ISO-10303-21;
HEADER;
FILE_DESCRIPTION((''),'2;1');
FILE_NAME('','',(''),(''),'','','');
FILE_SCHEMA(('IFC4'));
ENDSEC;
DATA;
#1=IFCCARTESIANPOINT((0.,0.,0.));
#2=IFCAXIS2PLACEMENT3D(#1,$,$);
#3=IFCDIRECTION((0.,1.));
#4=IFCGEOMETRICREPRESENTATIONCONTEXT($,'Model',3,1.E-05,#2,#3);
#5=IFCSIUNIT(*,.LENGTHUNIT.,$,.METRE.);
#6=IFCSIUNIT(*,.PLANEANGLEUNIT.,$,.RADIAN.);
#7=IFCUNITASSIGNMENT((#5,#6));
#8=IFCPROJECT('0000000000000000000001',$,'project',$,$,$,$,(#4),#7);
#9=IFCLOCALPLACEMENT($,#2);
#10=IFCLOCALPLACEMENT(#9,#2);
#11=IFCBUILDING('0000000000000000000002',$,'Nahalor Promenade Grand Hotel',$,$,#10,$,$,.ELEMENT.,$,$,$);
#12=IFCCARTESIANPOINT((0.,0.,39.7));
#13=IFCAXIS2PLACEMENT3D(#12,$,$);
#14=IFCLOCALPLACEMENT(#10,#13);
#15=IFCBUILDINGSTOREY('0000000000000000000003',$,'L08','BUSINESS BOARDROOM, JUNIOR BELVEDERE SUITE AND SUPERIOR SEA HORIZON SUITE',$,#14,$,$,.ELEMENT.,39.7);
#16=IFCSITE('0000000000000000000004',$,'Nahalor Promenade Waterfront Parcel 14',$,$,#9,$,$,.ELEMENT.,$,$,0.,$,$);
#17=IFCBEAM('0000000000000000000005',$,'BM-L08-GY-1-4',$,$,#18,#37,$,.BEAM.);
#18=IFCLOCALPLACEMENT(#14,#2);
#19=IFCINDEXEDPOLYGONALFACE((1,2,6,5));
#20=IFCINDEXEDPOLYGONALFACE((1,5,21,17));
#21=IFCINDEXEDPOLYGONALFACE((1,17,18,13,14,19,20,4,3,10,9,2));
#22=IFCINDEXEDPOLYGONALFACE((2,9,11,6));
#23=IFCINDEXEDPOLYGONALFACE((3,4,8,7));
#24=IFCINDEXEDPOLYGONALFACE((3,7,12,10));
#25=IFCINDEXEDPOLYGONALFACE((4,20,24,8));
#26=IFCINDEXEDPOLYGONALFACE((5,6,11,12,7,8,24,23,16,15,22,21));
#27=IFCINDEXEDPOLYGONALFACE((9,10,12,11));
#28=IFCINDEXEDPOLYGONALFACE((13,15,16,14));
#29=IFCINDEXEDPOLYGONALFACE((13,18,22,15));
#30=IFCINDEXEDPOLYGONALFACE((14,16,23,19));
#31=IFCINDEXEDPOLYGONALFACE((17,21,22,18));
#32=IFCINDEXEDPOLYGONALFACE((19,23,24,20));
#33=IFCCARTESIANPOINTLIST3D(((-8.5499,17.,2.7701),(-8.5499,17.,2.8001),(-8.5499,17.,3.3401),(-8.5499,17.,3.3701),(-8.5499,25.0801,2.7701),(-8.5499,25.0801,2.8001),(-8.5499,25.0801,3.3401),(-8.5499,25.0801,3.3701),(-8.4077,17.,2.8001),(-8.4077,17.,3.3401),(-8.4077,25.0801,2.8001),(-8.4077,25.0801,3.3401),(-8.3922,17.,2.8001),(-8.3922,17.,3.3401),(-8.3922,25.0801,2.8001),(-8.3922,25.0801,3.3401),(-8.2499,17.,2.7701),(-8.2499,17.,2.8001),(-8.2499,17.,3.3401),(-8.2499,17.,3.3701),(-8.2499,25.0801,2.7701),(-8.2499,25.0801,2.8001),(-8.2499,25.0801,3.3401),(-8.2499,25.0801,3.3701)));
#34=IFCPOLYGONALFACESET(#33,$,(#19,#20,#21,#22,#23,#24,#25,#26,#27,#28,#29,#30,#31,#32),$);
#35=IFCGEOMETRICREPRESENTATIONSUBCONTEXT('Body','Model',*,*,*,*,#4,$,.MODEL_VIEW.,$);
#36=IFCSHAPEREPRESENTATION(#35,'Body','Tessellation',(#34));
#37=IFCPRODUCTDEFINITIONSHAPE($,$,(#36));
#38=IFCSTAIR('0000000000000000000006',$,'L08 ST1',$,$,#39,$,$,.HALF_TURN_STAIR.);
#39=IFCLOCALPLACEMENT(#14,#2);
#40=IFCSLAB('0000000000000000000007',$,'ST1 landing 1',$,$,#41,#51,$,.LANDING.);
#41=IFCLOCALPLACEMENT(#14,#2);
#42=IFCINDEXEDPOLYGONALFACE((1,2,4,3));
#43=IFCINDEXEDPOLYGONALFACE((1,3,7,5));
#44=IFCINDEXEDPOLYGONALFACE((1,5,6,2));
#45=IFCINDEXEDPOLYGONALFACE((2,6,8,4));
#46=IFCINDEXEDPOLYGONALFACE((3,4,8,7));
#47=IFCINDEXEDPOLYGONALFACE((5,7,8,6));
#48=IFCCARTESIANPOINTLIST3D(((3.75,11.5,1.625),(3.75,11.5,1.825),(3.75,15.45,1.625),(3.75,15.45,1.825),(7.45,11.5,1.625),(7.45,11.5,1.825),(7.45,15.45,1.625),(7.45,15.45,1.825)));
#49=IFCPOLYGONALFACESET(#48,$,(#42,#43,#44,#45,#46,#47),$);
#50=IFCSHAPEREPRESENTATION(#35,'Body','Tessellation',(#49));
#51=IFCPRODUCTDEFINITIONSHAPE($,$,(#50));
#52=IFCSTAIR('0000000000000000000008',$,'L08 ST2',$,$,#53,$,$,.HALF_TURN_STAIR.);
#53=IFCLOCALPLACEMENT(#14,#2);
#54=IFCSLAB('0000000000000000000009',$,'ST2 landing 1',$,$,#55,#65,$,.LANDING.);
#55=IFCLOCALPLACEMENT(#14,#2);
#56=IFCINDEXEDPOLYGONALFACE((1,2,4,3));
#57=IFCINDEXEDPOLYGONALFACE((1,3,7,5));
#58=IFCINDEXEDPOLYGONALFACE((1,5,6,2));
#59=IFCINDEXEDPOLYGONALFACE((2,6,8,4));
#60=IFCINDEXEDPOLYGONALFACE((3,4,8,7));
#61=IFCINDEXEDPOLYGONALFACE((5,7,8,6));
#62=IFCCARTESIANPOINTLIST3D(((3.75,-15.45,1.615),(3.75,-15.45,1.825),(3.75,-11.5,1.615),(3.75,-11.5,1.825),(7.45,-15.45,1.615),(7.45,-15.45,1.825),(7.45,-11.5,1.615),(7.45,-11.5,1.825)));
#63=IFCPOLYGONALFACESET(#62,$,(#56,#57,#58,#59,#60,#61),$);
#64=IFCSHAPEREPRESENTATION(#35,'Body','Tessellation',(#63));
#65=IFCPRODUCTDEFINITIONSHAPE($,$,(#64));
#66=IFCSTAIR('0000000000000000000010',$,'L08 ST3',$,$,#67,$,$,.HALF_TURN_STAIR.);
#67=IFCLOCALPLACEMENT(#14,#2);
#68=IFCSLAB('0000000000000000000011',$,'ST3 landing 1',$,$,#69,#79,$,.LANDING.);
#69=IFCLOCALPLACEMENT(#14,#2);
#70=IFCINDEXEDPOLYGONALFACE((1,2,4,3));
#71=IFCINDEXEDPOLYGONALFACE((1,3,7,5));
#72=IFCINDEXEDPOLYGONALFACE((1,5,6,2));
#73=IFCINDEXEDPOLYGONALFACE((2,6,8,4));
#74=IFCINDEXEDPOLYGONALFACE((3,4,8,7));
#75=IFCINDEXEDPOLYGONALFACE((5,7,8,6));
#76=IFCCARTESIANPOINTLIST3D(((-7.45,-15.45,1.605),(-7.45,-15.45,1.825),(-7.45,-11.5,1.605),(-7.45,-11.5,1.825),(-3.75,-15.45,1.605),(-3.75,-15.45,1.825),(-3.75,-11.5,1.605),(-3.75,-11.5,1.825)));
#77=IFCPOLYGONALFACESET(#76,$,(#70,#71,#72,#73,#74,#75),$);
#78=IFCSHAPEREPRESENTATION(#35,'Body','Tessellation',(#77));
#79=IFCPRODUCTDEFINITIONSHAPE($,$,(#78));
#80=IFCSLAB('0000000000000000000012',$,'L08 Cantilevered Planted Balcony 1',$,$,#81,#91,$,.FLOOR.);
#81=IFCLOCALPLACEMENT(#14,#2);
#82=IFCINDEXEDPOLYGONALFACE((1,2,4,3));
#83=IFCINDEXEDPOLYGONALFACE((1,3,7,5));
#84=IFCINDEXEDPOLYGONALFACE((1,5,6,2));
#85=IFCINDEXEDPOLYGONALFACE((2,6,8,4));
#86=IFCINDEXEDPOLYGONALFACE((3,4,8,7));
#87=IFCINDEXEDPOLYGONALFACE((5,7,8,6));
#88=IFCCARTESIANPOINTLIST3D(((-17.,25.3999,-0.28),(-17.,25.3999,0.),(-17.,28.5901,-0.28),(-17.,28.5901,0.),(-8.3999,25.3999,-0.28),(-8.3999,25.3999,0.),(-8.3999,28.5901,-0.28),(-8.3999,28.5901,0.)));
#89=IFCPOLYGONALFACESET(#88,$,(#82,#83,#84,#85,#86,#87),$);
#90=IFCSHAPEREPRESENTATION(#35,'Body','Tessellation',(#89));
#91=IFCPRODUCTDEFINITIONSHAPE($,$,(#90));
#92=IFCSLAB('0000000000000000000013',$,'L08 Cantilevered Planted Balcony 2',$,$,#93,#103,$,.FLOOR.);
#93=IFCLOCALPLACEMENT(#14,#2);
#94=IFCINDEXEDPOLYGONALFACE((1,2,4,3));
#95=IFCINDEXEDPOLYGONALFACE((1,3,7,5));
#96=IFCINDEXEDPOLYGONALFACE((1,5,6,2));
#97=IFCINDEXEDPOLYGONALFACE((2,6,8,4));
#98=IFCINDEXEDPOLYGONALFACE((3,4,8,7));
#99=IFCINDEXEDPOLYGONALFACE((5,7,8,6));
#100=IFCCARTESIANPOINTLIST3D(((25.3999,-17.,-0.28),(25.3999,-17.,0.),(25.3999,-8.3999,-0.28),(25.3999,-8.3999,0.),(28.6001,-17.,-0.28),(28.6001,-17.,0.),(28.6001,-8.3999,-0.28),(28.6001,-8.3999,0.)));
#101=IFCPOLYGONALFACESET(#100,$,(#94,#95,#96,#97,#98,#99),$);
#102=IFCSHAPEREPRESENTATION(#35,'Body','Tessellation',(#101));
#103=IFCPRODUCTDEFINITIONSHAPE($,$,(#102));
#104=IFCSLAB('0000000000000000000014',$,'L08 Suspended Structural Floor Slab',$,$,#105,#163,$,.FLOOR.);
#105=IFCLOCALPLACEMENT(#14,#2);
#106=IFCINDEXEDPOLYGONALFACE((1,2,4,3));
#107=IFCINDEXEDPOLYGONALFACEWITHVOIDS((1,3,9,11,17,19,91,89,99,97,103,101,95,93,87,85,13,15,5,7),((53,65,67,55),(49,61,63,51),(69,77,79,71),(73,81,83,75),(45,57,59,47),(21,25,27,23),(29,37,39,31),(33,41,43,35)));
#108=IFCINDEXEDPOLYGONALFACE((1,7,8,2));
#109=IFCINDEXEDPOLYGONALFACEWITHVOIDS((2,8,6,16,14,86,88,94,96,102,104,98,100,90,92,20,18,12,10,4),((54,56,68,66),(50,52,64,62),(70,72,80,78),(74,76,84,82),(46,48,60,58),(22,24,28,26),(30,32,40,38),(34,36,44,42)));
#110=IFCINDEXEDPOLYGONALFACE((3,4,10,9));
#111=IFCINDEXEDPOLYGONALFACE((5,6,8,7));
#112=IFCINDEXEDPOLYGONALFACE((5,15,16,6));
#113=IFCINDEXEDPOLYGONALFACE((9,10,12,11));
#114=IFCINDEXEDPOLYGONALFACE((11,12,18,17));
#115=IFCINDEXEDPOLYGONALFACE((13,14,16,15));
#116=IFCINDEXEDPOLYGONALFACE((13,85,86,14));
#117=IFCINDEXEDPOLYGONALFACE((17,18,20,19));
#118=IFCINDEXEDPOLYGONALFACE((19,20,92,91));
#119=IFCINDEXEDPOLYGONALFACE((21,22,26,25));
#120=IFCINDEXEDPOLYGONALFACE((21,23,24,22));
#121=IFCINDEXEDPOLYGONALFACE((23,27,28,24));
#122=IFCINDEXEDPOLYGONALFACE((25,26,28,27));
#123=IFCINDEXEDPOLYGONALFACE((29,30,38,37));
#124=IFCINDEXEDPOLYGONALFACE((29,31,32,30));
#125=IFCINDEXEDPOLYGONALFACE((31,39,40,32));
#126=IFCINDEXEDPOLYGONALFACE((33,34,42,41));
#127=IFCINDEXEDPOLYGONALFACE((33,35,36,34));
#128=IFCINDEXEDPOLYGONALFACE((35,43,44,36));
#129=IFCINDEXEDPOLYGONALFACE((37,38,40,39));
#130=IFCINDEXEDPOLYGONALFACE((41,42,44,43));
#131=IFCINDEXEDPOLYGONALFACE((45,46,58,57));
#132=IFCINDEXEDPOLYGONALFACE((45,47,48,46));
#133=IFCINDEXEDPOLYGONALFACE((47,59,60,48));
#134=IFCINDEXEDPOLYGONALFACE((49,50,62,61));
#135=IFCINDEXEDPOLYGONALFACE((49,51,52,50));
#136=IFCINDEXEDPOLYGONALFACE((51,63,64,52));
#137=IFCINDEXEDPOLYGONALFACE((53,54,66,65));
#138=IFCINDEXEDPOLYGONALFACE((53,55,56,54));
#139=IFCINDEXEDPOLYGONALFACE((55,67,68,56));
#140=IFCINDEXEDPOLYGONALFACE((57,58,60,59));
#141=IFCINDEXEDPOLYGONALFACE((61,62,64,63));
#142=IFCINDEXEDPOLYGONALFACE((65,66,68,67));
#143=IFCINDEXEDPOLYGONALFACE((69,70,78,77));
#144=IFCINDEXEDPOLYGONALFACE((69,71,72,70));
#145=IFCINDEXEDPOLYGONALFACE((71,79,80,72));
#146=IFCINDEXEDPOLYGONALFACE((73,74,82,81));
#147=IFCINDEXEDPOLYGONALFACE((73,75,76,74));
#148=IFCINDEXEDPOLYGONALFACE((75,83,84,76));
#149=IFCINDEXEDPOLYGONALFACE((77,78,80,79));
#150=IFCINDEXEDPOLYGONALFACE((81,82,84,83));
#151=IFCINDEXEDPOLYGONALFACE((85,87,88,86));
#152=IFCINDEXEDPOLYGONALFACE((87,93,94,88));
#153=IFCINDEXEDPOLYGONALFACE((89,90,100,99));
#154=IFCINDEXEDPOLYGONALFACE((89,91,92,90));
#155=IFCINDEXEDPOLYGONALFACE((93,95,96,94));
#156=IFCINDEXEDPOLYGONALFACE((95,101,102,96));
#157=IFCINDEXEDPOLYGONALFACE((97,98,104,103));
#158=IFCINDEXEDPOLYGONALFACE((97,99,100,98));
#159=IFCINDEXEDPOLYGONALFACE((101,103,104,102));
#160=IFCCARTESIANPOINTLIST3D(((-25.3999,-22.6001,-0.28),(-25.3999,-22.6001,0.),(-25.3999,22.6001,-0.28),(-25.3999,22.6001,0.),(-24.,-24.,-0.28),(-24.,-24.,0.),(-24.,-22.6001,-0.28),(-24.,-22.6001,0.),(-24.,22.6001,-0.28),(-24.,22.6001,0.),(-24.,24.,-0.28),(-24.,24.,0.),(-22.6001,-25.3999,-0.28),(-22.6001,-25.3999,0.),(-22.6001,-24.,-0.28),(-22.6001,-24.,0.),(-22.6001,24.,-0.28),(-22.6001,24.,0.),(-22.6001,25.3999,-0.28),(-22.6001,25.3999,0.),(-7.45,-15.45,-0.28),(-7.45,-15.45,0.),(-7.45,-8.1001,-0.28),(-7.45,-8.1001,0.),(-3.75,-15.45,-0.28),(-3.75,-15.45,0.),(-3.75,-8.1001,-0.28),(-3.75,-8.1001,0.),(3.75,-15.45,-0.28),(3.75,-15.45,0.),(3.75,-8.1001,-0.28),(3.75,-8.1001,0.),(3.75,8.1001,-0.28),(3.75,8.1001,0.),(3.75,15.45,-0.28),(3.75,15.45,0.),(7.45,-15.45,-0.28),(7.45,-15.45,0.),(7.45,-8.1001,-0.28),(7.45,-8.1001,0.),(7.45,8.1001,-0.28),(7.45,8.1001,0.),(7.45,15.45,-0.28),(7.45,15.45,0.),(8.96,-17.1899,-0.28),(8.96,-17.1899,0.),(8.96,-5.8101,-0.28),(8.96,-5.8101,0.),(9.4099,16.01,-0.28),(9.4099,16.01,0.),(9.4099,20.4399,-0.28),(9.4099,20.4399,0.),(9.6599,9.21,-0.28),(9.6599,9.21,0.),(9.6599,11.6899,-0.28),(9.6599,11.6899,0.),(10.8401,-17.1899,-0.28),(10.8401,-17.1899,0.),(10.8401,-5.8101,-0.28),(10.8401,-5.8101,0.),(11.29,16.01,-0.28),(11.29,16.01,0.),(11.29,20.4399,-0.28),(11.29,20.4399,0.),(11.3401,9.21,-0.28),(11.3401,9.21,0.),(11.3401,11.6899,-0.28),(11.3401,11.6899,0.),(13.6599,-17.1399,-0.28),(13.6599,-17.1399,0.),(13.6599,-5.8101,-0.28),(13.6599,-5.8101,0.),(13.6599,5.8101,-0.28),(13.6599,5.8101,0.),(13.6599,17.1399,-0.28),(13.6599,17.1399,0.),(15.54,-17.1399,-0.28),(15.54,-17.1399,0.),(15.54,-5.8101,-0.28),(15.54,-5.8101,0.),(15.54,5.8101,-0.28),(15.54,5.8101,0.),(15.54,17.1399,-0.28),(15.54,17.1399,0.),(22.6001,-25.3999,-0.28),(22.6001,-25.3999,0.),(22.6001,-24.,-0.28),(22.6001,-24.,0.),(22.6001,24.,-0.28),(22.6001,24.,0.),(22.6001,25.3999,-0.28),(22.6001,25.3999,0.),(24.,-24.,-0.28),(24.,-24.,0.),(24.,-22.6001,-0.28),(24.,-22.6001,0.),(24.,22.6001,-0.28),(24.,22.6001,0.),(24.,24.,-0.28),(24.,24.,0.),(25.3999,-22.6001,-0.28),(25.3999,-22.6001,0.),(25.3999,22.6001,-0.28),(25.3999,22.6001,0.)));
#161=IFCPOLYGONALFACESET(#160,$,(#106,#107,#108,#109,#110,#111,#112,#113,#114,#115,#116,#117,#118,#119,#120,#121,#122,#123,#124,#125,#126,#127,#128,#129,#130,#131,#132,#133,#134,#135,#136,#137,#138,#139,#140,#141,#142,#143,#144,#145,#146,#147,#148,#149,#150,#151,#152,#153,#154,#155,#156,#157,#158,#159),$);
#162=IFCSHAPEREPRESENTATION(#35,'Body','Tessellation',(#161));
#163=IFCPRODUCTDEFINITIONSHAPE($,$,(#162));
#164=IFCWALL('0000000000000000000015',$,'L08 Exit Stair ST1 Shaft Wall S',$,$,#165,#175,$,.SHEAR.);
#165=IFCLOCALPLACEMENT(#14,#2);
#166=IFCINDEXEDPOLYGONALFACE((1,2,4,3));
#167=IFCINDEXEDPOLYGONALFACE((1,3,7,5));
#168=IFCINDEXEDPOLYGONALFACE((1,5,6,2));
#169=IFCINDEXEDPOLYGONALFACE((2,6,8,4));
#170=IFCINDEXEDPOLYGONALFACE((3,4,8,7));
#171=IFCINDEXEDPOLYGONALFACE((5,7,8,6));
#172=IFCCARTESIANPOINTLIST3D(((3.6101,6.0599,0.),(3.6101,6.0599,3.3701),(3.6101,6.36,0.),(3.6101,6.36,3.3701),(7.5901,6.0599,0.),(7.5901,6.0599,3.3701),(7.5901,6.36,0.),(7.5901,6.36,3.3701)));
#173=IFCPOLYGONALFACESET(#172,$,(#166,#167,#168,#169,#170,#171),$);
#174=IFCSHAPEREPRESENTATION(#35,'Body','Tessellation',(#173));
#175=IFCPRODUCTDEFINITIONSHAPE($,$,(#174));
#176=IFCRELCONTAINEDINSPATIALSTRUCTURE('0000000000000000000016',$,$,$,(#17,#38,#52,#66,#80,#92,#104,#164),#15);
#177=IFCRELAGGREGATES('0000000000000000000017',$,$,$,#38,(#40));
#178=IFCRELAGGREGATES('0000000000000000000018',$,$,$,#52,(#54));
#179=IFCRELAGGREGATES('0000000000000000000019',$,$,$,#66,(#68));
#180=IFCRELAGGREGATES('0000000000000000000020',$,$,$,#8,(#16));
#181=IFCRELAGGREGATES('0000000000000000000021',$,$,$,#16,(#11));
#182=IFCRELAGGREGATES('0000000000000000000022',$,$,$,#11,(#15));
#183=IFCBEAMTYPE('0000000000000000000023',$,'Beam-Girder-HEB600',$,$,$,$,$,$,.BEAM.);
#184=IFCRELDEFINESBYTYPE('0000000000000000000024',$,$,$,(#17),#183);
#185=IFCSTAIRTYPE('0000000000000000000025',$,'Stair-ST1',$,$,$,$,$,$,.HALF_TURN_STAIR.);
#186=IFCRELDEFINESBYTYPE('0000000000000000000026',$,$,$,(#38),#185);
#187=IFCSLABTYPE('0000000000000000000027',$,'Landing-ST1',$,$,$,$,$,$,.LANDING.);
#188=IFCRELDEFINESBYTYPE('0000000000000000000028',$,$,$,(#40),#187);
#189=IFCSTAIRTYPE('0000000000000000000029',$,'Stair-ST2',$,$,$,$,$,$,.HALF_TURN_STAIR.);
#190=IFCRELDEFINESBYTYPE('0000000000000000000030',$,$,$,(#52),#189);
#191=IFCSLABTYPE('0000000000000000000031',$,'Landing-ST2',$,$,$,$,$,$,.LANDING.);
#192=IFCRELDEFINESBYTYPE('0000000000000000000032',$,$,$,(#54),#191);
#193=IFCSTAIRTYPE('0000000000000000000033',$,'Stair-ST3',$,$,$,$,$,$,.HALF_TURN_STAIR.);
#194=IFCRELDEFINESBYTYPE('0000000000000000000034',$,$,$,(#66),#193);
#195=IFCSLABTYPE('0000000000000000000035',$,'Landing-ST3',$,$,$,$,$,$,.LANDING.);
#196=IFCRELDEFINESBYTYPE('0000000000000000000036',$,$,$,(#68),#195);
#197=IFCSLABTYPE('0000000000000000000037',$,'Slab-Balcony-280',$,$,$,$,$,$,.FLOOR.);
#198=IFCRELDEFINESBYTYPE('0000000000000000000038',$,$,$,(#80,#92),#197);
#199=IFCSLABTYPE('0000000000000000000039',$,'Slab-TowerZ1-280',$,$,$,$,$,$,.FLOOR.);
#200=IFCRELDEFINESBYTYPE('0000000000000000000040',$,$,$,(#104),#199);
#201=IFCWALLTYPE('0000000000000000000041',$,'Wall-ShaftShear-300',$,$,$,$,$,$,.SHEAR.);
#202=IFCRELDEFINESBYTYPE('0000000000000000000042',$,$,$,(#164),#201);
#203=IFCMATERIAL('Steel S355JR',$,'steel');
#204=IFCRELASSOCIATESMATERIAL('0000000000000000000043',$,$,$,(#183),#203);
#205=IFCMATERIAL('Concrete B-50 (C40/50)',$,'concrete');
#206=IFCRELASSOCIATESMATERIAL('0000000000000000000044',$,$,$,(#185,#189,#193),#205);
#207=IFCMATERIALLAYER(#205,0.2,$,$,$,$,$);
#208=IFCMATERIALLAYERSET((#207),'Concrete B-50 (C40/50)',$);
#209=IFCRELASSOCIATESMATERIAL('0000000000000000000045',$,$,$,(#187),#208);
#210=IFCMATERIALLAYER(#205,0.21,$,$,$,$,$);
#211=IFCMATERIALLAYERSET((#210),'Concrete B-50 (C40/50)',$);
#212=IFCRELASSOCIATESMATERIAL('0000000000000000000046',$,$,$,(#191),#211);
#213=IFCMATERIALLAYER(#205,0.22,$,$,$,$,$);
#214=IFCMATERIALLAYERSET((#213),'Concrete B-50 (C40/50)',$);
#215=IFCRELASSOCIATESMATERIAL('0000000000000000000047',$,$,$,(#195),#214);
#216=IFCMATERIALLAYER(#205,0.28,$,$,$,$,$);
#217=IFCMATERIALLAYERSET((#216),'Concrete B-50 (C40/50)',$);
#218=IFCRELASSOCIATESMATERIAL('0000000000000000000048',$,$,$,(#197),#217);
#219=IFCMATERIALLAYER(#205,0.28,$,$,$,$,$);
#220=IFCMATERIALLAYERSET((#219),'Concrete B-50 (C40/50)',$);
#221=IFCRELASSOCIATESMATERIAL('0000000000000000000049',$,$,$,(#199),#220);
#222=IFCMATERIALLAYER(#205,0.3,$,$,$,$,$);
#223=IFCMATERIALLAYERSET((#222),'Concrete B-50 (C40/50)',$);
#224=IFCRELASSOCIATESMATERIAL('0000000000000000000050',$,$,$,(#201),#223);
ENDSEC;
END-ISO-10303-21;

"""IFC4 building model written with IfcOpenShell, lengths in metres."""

from ifc_helpers import new_model, si_unit, direction, frame, frame_2d, origin, origin_2d, place, context, subcontext, project, spatial, polyline, rectangle, i_section, outline, extrude, source, transform, mapped, material, layer, layer_set, material_profile, profile_set, type_object, element, aggregate, save


model = new_model("IFC4")

# Units and contexts
model_context = context("Model", 3, precision=1e-05, world=origin(), true_north=direction((0.0, 1.0)))
body_context = subcontext(model_context, "Body", "Model", "MODEL_VIEW")
ifc_project = project(units=[si_unit("LENGTHUNIT", "METRE"), si_unit("PLANEANGLEUNIT", "RADIAN")], contexts=[model_context])

# Site, building, storey
site_placement = place(None, origin())
site = spatial("IfcSite", under=ifc_project, at=site_placement, Name="Nahalor Promenade Waterfront Parcel 14", CompositionType="ELEMENT", RefElevation=0.0)
building_placement = place(site_placement, origin())
building = spatial("IfcBuilding", under=site, at=building_placement, Name="Nahalor Promenade Grand Hotel", CompositionType="ELEMENT")
storey_placement = place(building_placement, frame((0.0, 0.0, 39.7)))
storey = spatial("IfcBuildingStorey", under=building, at=storey_placement, Name="L08", Description="BUSINESS BOARDROOM, JUNIOR BELVEDERE SUITE AND SUPERIOR SEA HORIZON SUITE", CompositionType="ELEMENT", Elevation=39.7)

# Beam
ifc_material_1 = material(Name="Steel S355JR", Category="steel")
ifc_material_profile_1 = material_profile(ifc_material_1, i_section(OverallWidth=0.3, OverallDepth=0.6, WebThickness=0.0155, FlangeThickness=0.03, at=origin_2d()), Name="HEB 600")
ifc_profile_set_1 = profile_set([ifc_material_profile_1], Name="Steel S355JR")
beam_type = type_object("IfcBeamType", Name="Beam-Girder-HEB600", PredefinedType="BEAM", material=ifc_profile_set_1)
shared_shape_1 = source(origin(), body_context, "Body", "SweptSolid", [
    extrude(i_section(OverallWidth=0.3, OverallDepth=0.6, WebThickness=0.0155, FlangeThickness=0.03, at=origin_2d()), origin(), (0.0, 0.0, 1.0), 8.0801),
])
beam_1_placement = place(storey_placement, frame((-8.3999, 17.0, 3.0701), z_axis=(0.0, 1.0, 0.0), x_axis=(-1.0, 0.0, 0.0)))
element("IfcBeam", 1, at=beam_1_placement, inside=storey, type_object=beam_type, Name="BM-L08-GY-1-4", PredefinedType="BEAM", context=body_context, shape_type="MappedRepresentation", body=[
    mapped(shared_shape_1, transform((0.0, 0.0, 0.0), scale=1.0)),
])

# Stairs, slabs
ifc_material_2 = material(Name="Concrete B-50 (C40/50)", Category="concrete")
stair_type_1 = type_object("IfcStairType", Name="Stair-ST1", PredefinedType="HALF_TURN_STAIR", material=ifc_material_2)
stair_1_placement = place(storey_placement, origin())
stair_1 = element("IfcStair", 2, at=stair_1_placement, inside=storey, type_object=stair_type_1, Name="L08 ST1", PredefinedType="HALF_TURN_STAIR")
ifc_layer_1 = layer(ifc_material_2, 0.2)
ifc_layer_set_1 = layer_set([ifc_layer_1], Name="Concrete B-50 (C40/50)")
slab_type_1 = type_object("IfcSlabType", Name="Landing-ST1", PredefinedType="LANDING", material=ifc_layer_set_1)
slab_1_placement = place(storey_placement, frame((0.0, 0.0, 1.625)))
slab_1 = element("IfcSlab", 3, at=slab_1_placement, type_object=slab_type_1, Name="ST1 landing 1", PredefinedType="LANDING", context=body_context, shape_type="SweptSolid", body=[
    extrude(outline(polyline([(7.45, 11.5), (7.45, 15.45), (3.75, 15.45), (3.75, 11.5), (7.45, 11.5)])), origin(), (0.0, 0.0, 1.0), 0.2),
])
aggregate(stair_1, [slab_1])
stair_type_2 = type_object("IfcStairType", Name="Stair-ST2", PredefinedType="HALF_TURN_STAIR", material=ifc_material_2)
stair_2_placement = place(storey_placement, origin())
stair_2 = element("IfcStair", 4, at=stair_2_placement, inside=storey, type_object=stair_type_2, Name="L08 ST2", PredefinedType="HALF_TURN_STAIR")
ifc_layer_2 = layer(ifc_material_2, 0.21)
ifc_layer_set_2 = layer_set([ifc_layer_2], Name="Concrete B-50 (C40/50)")
slab_type_2 = type_object("IfcSlabType", Name="Landing-ST2", PredefinedType="LANDING", material=ifc_layer_set_2)
slab_2_placement = place(storey_placement, frame((0.0, 0.0, 1.615)))
slab_2 = element("IfcSlab", 5, at=slab_2_placement, type_object=slab_type_2, Name="ST2 landing 1", PredefinedType="LANDING", context=body_context, shape_type="SweptSolid", body=[
    extrude(outline(polyline([(3.75, -11.5), (3.75, -15.45), (7.45, -15.45), (7.45, -11.5), (3.75, -11.5)])), origin(), (0.0, 0.0, 1.0), 0.21),
])
aggregate(stair_2, [slab_2])
stair_type_3 = type_object("IfcStairType", Name="Stair-ST3", PredefinedType="HALF_TURN_STAIR", material=ifc_material_2)
stair_3_placement = place(storey_placement, origin())
stair_3 = element("IfcStair", 6, at=stair_3_placement, inside=storey, type_object=stair_type_3, Name="L08 ST3", PredefinedType="HALF_TURN_STAIR")
ifc_layer_3 = layer(ifc_material_2, 0.22)
ifc_layer_set_3 = layer_set([ifc_layer_3], Name="Concrete B-50 (C40/50)")
slab_type_3 = type_object("IfcSlabType", Name="Landing-ST3", PredefinedType="LANDING", material=ifc_layer_set_3)
slab_3_placement = place(storey_placement, frame((0.0, 0.0, 1.605)))
slab_3 = element("IfcSlab", 7, at=slab_3_placement, type_object=slab_type_3, Name="ST3 landing 1", PredefinedType="LANDING", context=body_context, shape_type="SweptSolid", body=[
    extrude(outline(polyline([(-7.45, -11.5), (-7.45, -15.45), (-3.75, -15.45), (-3.75, -11.5), (-7.45, -11.5)])), origin(), (0.0, 0.0, 1.0), 0.22),
])
aggregate(stair_3, [slab_3])

# Slabs
ifc_layer_4 = layer(ifc_material_2, 0.28)
ifc_layer_set_4 = layer_set([ifc_layer_4], Name="Concrete B-50 (C40/50)")
slab_type_4 = type_object("IfcSlabType", Name="Slab-Balcony-280", PredefinedType="FLOOR", material=ifc_layer_set_4)
slab_4_placement = place(storey_placement, frame((0.0, 0.0, -0.28)))
element("IfcSlab", 8, at=slab_4_placement, inside=storey, type_object=slab_type_4, Name="L08 Cantilevered Planted Balcony 1", PredefinedType="FLOOR", context=body_context, shape_type="SweptSolid", body=[
    extrude(outline(polyline([(-17.0, 25.3999), (-8.3999, 25.3999), (-8.3999, 28.5901), (-17.0, 28.5901), (-17.0, 25.3999)])), origin(), (0.0, 0.0, 1.0), 0.28),
])
slab_5_placement = place(storey_placement, frame((0.0, 0.0, -0.28)))
element("IfcSlab", 9, at=slab_5_placement, inside=storey, type_object=slab_type_4, Name="L08 Cantilevered Planted Balcony 2", PredefinedType="FLOOR", context=body_context, shape_type="SweptSolid", body=[
    extrude(outline(polyline([(25.3999, -17.0), (28.6001, -17.0), (28.6001, -8.3999), (25.3999, -8.3999), (25.3999, -17.0)])), origin(), (0.0, 0.0, 1.0), 0.28),
])
ifc_layer_5 = layer(ifc_material_2, 0.28)
ifc_layer_set_5 = layer_set([ifc_layer_5], Name="Concrete B-50 (C40/50)")
slab_type_5 = type_object("IfcSlabType", Name="Slab-TowerZ1-280", PredefinedType="FLOOR", material=ifc_layer_set_5)
slab_6_placement = place(storey_placement, frame((0.0, 0.0, -0.28)))
element("IfcSlab", 10, at=slab_6_placement, inside=storey, type_object=slab_type_5, Name="L08 Suspended Structural Floor Slab", PredefinedType="FLOOR", context=body_context, shape_type="SweptSolid", body=[
    extrude(outline(polyline([(-22.6001, -25.3999), (22.6001, -25.3999), (22.6001, -24.0), (24.0, -24.0), (24.0, -22.6001), (25.3999, -22.6001), (25.3999, 22.6001), (24.0, 22.6001), (24.0, 24.0), (22.6001, 24.0), (22.6001, 25.3999), (-22.6001, 25.3999), (-22.6001, 24.0), (-24.0, 24.0), (-24.0, 22.6001), (-25.3999, 22.6001), (-25.3999, -22.6001), (-24.0, -22.6001), (-24.0, -24.0), (-22.6001, -24.0), (-22.6001, -25.3999)]), holes=[polyline([(3.75, 8.1001), (7.45, 8.1001), (7.45, 15.45), (3.75, 15.45), (3.75, 8.1001)]), polyline([(3.75, -15.45), (7.45, -15.45), (7.45, -8.1001), (3.75, -8.1001), (3.75, -15.45)]), polyline([(-7.45, -15.45), (-3.75, -15.45), (-3.75, -8.1001), (-7.45, -8.1001), (-7.45, -15.45)]), polyline([(13.6599, 5.8101), (15.54, 5.8101), (15.54, 17.1399), (13.6599, 17.1399), (13.6599, 5.8101)]), polyline([(13.6599, -17.1399), (15.54, -17.1399), (15.54, -5.8101), (13.6599, -5.8101), (13.6599, -17.1399)]), polyline([(8.96, -17.1899), (10.8401, -17.1899), (10.8401, -5.8101), (8.96, -5.8101), (8.96, -17.1899)]), polyline([(9.4099, 16.01), (11.29, 16.01), (11.29, 20.4399), (9.4099, 20.4399), (9.4099, 16.01)]), polyline([(9.6599, 9.21), (11.3401, 9.21), (11.3401, 11.6899), (9.6599, 11.6899), (9.6599, 9.21)])]), origin(), (0.0, 0.0, 1.0), 0.28),
])

# Wall
ifc_layer_6 = layer(ifc_material_2, 0.3)
ifc_layer_set_6 = layer_set([ifc_layer_6], Name="Concrete B-50 (C40/50)")
wall_type_1 = type_object("IfcWallType", Name="Wall-ShaftShear-300", PredefinedType="SHEAR", material=ifc_layer_set_6)
shared_shape_2 = source(origin(), body_context, "Body", "SweptSolid", [
    extrude(rectangle(XDim=3.98, YDim=0.3, at=frame_2d((1.99, 0.0))), origin(), (0.0, 0.0, 1.0), 3.3701),
])
for number, where, z_axis, x_axis, name in (
    (11, (3.6101, 6.21, 0.0), (0.0, 0.0, 1.0), (1.0, 0.0, 0.0), "L08 Exit Stair ST1 Shaft Wall S"),
):
    element("IfcWall", number, at=place(storey_placement, frame(where, z_axis=z_axis, x_axis=x_axis)), inside=storey, type_object=wall_type_1, Name=name, PredefinedType="SHEAR", context=body_context, shape_type="MappedRepresentation", body=[
        mapped(shared_shape_2, transform((0.0, 0.0, 0.0), scale=1.0)),
    ])

save(model, "model.ifc")
